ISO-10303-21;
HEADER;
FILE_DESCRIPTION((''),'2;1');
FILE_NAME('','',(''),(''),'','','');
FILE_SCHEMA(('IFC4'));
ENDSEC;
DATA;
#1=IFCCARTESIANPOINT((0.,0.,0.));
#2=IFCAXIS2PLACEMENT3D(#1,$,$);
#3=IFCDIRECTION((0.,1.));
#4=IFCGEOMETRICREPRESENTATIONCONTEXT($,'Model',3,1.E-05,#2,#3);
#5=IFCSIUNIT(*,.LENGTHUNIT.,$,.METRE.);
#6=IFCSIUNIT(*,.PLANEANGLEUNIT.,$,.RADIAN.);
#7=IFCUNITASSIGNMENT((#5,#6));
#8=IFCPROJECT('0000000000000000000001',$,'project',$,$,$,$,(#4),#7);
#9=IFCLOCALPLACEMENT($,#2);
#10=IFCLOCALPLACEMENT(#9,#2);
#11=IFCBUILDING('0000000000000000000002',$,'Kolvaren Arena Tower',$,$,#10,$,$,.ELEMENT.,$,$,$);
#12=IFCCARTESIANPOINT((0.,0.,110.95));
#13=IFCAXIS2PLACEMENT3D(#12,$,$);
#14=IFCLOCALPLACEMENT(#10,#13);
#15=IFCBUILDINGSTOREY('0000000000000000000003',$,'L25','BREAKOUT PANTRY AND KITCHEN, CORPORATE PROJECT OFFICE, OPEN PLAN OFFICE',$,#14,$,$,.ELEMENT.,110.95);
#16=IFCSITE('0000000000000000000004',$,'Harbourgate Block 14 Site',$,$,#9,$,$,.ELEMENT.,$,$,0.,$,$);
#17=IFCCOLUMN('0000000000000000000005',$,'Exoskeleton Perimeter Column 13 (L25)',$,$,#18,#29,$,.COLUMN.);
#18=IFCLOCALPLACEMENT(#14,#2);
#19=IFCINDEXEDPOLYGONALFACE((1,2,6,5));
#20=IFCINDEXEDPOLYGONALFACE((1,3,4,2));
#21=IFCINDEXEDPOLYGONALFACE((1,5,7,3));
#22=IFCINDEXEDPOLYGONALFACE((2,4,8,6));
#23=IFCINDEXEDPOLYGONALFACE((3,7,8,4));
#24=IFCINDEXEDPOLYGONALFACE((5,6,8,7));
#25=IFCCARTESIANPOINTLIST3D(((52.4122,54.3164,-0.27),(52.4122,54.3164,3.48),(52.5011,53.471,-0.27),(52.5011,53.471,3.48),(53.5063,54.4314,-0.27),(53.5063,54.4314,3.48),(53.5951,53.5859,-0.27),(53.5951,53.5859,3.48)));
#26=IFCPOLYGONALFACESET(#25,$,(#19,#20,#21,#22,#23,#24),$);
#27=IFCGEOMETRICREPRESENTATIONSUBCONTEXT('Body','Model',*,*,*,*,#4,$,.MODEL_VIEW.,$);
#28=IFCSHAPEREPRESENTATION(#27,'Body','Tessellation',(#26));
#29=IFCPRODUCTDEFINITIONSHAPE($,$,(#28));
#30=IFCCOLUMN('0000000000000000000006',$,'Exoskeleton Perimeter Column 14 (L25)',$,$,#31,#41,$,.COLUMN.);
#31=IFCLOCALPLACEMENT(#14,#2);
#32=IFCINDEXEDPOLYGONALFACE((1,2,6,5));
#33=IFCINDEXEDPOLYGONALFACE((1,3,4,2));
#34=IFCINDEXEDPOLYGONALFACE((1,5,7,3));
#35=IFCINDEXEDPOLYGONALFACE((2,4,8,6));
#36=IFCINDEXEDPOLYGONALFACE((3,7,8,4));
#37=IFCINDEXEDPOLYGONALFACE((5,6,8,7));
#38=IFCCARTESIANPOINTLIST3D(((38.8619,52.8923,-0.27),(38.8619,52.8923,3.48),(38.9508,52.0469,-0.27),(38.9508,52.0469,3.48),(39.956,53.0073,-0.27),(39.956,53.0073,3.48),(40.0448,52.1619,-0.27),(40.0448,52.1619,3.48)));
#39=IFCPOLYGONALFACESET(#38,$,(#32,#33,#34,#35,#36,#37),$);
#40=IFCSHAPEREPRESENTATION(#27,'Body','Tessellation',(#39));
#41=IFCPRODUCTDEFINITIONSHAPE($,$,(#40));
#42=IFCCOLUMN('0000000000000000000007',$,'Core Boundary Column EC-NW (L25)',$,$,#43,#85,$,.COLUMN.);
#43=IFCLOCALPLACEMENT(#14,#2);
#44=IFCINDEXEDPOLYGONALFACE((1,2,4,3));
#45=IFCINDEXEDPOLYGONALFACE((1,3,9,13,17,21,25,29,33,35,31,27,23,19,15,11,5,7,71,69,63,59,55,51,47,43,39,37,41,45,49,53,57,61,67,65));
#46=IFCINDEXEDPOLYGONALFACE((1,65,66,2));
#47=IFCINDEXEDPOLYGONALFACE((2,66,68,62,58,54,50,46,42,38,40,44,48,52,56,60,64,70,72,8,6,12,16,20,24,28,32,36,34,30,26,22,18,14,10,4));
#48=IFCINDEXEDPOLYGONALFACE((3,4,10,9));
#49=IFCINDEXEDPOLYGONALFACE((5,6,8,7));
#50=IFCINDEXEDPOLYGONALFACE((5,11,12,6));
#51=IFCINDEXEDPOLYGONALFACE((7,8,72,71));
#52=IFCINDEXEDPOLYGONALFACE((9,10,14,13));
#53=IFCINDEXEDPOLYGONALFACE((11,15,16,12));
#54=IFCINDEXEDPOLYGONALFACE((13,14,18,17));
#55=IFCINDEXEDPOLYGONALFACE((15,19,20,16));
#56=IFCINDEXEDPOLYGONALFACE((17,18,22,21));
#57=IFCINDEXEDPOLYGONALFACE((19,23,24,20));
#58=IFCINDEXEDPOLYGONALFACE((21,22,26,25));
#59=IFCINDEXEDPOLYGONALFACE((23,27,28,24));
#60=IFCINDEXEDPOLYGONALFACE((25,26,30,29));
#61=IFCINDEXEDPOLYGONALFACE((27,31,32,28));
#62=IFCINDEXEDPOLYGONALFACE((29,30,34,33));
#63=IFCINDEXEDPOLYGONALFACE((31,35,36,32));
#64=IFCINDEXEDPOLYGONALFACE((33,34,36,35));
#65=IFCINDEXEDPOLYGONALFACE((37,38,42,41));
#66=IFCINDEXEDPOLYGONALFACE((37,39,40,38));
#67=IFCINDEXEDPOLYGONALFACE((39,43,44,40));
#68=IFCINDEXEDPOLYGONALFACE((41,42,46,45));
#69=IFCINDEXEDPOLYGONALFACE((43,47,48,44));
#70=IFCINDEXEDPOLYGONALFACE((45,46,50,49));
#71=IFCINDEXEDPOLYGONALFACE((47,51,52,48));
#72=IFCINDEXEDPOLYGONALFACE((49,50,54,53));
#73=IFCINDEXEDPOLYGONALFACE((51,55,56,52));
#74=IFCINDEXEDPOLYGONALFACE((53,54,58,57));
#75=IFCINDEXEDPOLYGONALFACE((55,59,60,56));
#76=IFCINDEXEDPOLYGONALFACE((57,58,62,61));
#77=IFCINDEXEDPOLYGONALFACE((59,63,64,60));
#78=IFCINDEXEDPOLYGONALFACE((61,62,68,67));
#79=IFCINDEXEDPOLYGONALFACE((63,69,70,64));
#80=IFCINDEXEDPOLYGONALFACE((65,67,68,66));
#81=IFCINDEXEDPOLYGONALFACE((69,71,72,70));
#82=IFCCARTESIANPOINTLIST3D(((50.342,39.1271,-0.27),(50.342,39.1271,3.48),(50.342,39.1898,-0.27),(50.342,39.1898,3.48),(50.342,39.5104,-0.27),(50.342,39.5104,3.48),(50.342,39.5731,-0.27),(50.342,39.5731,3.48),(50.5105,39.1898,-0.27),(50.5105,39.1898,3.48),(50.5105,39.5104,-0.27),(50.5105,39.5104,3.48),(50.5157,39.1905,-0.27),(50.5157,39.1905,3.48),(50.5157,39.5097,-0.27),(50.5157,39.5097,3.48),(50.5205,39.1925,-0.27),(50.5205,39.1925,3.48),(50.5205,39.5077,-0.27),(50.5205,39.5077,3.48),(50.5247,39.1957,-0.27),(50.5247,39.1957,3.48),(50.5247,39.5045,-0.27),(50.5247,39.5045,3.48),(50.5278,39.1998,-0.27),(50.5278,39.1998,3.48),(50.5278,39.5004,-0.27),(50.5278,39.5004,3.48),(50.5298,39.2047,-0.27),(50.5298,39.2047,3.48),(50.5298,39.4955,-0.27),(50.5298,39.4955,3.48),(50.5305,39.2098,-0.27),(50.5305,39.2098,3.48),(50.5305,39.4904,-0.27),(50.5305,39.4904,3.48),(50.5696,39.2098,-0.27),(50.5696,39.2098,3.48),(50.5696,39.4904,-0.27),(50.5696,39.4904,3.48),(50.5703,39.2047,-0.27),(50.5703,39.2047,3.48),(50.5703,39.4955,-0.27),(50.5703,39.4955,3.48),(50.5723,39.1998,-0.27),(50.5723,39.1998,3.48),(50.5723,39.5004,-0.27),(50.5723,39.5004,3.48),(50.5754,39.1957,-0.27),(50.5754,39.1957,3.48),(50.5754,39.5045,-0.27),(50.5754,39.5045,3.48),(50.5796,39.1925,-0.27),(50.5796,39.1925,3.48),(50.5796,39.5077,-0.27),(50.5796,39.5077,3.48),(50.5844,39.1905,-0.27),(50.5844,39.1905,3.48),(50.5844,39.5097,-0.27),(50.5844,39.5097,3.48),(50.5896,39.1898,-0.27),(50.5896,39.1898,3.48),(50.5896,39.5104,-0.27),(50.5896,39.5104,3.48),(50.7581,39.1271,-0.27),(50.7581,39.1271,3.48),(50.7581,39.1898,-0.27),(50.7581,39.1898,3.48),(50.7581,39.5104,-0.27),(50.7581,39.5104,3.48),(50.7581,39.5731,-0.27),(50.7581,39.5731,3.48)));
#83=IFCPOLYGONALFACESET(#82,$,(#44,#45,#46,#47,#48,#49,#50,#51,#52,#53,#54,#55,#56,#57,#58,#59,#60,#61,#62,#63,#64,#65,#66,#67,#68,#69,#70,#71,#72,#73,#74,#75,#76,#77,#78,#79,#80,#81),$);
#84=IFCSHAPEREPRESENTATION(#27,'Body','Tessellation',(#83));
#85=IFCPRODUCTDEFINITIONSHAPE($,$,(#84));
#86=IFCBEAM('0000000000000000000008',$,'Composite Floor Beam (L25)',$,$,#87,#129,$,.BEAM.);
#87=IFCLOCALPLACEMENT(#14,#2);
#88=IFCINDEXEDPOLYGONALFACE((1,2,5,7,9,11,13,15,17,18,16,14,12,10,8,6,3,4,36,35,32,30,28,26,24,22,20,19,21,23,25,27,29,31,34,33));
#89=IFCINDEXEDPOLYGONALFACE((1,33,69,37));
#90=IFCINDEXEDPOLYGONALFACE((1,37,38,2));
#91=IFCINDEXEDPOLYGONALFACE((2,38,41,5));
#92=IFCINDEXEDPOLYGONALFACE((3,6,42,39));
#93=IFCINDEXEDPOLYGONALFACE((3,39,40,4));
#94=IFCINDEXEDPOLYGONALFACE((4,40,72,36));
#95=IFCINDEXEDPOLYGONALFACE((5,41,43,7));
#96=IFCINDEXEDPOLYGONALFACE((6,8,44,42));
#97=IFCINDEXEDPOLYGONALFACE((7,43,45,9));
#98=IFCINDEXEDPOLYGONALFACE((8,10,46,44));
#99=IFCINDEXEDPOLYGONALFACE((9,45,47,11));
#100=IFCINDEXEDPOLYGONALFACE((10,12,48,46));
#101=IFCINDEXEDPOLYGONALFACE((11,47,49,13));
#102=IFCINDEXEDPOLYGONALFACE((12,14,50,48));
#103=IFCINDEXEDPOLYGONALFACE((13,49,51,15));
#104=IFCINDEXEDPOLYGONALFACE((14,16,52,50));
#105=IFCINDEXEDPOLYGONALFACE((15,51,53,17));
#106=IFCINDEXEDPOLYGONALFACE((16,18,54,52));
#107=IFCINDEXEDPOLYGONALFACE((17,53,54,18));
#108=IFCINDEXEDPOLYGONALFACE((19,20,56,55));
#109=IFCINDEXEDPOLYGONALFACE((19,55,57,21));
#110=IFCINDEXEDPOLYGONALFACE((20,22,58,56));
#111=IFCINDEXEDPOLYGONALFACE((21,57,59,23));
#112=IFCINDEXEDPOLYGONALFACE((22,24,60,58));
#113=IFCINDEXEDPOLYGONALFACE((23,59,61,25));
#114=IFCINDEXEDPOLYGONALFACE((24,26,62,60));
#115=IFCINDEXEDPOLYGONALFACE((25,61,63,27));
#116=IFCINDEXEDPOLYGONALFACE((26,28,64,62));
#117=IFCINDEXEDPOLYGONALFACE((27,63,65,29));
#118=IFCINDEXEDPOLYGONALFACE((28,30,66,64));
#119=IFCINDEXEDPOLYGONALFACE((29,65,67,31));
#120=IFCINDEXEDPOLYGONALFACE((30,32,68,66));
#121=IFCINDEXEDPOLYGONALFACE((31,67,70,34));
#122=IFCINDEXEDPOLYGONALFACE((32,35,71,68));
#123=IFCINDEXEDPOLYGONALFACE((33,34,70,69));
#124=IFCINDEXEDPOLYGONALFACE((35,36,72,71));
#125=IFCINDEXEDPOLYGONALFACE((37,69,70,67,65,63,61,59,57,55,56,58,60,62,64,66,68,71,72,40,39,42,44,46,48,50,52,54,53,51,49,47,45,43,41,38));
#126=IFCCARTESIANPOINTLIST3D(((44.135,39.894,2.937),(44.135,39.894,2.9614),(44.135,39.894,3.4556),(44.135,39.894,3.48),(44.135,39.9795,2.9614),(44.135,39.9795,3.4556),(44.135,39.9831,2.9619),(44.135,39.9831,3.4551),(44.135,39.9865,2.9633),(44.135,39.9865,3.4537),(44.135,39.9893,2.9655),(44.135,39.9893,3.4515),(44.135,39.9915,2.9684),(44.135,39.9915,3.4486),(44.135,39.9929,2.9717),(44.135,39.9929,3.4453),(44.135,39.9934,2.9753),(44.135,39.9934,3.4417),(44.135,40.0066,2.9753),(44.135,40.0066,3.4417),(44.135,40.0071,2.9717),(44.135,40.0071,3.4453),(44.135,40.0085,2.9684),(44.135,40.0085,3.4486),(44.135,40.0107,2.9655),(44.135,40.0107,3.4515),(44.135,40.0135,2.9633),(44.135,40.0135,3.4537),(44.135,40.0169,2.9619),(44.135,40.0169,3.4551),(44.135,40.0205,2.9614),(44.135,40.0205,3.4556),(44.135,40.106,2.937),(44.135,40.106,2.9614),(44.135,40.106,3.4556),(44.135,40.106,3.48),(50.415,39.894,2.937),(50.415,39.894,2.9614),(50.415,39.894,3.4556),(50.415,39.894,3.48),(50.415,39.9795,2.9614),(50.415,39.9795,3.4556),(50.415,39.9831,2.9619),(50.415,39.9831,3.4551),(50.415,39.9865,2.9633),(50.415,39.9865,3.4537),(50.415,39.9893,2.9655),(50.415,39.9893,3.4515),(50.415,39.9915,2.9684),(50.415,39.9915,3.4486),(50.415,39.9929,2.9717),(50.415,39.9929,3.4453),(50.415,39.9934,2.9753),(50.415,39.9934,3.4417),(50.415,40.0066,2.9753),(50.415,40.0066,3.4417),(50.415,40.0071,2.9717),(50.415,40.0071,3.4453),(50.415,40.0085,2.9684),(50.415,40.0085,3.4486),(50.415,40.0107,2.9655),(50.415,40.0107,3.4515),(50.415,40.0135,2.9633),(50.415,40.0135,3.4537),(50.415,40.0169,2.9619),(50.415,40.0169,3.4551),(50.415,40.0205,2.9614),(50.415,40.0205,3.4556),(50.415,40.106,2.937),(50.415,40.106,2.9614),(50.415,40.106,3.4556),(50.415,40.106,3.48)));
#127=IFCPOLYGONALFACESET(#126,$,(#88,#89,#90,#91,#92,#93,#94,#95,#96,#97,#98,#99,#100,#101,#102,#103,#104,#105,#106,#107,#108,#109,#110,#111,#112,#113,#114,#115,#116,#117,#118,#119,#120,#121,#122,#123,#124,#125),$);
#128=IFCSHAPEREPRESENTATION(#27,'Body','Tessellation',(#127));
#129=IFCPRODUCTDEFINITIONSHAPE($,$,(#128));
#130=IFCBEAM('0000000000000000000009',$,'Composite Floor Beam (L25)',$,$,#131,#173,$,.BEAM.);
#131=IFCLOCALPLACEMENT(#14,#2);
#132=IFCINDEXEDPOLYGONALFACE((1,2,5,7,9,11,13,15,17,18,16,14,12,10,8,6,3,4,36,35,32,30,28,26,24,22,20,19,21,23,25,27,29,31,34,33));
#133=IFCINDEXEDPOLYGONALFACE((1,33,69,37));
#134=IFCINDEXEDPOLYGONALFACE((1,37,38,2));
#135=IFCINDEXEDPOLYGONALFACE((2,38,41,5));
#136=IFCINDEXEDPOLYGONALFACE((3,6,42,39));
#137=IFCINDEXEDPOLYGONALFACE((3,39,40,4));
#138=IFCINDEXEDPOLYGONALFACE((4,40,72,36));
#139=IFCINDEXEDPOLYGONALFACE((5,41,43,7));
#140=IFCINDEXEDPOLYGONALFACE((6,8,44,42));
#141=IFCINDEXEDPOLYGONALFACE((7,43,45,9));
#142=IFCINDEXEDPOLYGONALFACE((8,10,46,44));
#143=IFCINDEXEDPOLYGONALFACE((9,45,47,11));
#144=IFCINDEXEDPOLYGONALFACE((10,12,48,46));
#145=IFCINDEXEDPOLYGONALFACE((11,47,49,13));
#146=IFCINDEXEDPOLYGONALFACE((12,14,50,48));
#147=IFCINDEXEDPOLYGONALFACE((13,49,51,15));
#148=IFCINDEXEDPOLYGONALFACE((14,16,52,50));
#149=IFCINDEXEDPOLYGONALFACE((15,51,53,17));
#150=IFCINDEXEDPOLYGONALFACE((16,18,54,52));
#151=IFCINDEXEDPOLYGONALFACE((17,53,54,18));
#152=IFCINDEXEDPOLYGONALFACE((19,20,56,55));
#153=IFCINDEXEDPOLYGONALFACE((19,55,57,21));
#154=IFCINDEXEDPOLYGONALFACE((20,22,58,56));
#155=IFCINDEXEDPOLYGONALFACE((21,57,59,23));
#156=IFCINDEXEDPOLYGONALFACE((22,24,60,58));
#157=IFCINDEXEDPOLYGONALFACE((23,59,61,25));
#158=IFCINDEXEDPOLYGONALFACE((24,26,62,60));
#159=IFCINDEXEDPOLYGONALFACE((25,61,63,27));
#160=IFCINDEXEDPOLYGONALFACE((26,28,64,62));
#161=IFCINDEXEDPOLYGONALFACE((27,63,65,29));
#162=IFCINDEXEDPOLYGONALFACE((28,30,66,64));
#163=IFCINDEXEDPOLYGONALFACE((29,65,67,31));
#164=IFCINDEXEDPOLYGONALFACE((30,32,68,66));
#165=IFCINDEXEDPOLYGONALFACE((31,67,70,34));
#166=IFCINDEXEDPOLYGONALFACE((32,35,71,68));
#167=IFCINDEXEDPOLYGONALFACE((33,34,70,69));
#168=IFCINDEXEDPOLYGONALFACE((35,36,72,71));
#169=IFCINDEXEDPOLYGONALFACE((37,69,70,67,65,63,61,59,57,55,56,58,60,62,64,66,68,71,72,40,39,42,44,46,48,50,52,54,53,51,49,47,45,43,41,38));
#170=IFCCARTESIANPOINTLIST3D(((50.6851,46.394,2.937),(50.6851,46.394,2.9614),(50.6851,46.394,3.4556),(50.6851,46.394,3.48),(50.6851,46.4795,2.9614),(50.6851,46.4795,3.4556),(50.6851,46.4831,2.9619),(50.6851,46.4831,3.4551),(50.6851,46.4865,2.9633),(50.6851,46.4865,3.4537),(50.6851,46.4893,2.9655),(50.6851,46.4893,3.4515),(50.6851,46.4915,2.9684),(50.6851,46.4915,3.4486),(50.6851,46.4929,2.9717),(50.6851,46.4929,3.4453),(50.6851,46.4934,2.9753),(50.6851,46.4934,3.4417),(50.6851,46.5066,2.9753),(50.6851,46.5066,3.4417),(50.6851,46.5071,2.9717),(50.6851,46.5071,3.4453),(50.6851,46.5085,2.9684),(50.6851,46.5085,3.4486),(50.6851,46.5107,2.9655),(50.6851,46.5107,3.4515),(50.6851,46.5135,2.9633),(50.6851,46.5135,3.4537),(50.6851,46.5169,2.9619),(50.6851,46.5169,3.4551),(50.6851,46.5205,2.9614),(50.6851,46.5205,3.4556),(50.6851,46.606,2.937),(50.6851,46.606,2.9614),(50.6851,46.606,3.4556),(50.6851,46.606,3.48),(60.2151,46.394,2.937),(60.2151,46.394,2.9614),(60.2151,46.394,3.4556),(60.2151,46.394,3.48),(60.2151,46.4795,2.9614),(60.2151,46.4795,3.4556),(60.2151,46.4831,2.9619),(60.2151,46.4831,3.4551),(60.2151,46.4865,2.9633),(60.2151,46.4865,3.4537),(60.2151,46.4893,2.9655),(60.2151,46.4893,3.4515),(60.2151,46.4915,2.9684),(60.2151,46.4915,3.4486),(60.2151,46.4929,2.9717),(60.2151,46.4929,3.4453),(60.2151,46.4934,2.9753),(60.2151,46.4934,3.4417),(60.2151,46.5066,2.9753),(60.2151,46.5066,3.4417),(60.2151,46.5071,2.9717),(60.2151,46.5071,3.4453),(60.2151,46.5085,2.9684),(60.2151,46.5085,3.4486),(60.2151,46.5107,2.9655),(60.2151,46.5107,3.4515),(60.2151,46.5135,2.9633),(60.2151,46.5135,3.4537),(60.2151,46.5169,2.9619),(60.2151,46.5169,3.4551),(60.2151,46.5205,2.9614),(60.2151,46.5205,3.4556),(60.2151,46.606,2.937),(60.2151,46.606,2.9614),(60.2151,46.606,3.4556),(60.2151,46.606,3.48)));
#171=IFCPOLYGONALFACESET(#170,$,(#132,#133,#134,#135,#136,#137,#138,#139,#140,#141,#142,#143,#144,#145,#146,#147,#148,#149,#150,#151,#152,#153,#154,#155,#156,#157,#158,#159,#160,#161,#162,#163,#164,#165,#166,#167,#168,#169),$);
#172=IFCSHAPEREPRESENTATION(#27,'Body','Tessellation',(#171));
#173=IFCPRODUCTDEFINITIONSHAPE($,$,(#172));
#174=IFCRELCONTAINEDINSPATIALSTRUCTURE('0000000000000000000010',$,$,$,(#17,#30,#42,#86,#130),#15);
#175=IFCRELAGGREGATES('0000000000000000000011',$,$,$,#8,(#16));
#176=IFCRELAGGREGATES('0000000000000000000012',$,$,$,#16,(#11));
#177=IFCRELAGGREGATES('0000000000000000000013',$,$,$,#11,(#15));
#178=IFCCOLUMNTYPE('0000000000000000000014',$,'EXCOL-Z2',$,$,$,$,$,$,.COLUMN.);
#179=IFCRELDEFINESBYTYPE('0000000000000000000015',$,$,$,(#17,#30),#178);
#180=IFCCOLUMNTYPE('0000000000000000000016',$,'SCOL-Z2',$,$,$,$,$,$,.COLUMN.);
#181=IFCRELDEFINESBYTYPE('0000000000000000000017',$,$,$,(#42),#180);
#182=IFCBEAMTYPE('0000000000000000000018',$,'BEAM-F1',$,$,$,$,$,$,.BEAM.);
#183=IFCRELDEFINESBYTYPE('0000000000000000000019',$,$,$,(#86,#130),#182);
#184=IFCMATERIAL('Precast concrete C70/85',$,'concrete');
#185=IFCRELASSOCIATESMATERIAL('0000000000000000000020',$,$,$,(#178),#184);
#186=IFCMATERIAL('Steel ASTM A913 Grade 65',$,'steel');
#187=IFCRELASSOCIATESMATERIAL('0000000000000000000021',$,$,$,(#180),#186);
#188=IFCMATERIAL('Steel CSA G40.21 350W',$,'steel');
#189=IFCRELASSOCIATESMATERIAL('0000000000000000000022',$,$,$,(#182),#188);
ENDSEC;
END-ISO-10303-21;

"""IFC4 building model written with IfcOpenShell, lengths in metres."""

from ifc_helpers import new_model, si_unit, direction, frame, origin, origin_2d, place, context, subcontext, project, spatial, rectangle, i_section, extrude, material, material_profile, profile_set, type_object, element, save


model = new_model("IFC4")

# Units and contexts
model_context = context("Model", 3, precision=1e-05, world=origin(), true_north=direction((0.0, 1.0)))
body_context = subcontext(model_context, "Body", "Model", "MODEL_VIEW")
ifc_project = project(units=[si_unit("LENGTHUNIT", "METRE"), si_unit("PLANEANGLEUNIT", "RADIAN")], contexts=[model_context])

# Site, building, storey
site_placement = place(None, origin())
site = spatial("IfcSite", under=ifc_project, at=site_placement, Name="Harbourgate Block 14 Site", CompositionType="ELEMENT", RefElevation=0.0)
building_placement = place(site_placement, origin())
building = spatial("IfcBuilding", under=site, at=building_placement, Name="Kolvaren Arena Tower", CompositionType="ELEMENT")
storey_placement = place(building_placement, frame((0.0, 0.0, 110.95)))
storey = spatial("IfcBuildingStorey", under=building, at=storey_placement, Name="L25", Description="BREAKOUT PANTRY AND KITCHEN, CORPORATE PROJECT OFFICE, OPEN PLAN OFFICE", CompositionType="ELEMENT", Elevation=110.95)

# Columns
ifc_material_1 = material(Name="Precast concrete C70/85", Category="concrete")
ifc_material_profile_1 = material_profile(ifc_material_1, rectangle(XDim=1.1001, YDim=0.8501, at=origin_2d()), Name="RC-1100x850")
ifc_profile_set_1 = profile_set([ifc_material_profile_1], Name="Precast concrete C70/85")
column_type_1 = type_object("IfcColumnType", Name="EXCOL-Z2", PredefinedType="COLUMN", material=ifc_profile_set_1)
for number, where, z_axis, x_axis, name in (
    (1, (53.0037, 53.9512, -0.27), (0.0, 0.0, 1.0), (0.994522, 0.104528, 0.0), "Exoskeleton Perimeter Column 13 (L25)"),
    (2, (39.4534, 52.5271, -0.27), (0.0, 0.0, 1.0), (0.994522, 0.104528, 0.0), "Exoskeleton Perimeter Column 14 (L25)"),
):
    element("IfcColumn", number, at=place(storey_placement, frame(where, z_axis=z_axis, x_axis=x_axis)), inside=storey, type_object=column_type_1, Name=name, PredefinedType="COLUMN", context=body_context, shape_type="SweptSolid", body=[
        extrude(rectangle(XDim=1.1001, YDim=0.8501, at=origin_2d()), origin(), (0.0, 0.0, 1.0), 3.75),
    ])
ifc_material_2 = material(Name="Steel ASTM A913 Grade 65", Category="steel")
ifc_material_profile_2 = material_profile(ifc_material_2, i_section(OverallWidth=0.416, OverallDepth=0.446, WebThickness=0.0391, FlangeThickness=0.0627, FilletRadius=0.02, at=origin_2d()), Name="W360x509")
ifc_profile_set_2 = profile_set([ifc_material_profile_2], Name="Steel ASTM A913 Grade 65")
column_type_2 = type_object("IfcColumnType", Name="SCOL-Z2", PredefinedType="COLUMN", material=ifc_profile_set_2)
column_placement = place(storey_placement, frame((50.55, 39.3501, -0.27), z_axis=(0.0, 0.0, 1.0), x_axis=(1.0, 0.0, 0.0)))
element("IfcColumn", 3, at=column_placement, inside=storey, type_object=column_type_2, Name="Core Boundary Column EC-NW (L25)", PredefinedType="COLUMN", context=body_context, shape_type="SweptSolid", body=[
    extrude(i_section(OverallWidth=0.416, OverallDepth=0.446, WebThickness=0.0391, FlangeThickness=0.0627, FilletRadius=0.02, at=origin_2d()), origin(), (0.0, 0.0, 1.0), 3.75),
])

# Beams
ifc_material_3 = material(Name="Steel CSA G40.21 350W", Category="steel")
ifc_material_profile_3 = material_profile(ifc_material_3, i_section(OverallWidth=0.2119, OverallDepth=0.543, WebThickness=0.0132, FlangeThickness=0.0244, FilletRadius=0.0139, at=origin_2d()), Name="W530x150")
ifc_profile_set_3 = profile_set([ifc_material_profile_3], Name="Steel CSA G40.21 350W")
beam_type_1 = type_object("IfcBeamType", Name="BEAM-F1", PredefinedType="BEAM", material=ifc_profile_set_3)
beam_1_placement = place(storey_placement, frame((44.135, 40.0, 3.2085), z_axis=(1.0, 0.0, 0.0), x_axis=(0.0, 1.0, 0.0)))
element("IfcBeam", 4, at=beam_1_placement, inside=storey, type_object=beam_type_1, Name="Composite Floor Beam (L25)", PredefinedType="BEAM", context=body_context, shape_type="SweptSolid", body=[
    extrude(i_section(OverallWidth=0.2119, OverallDepth=0.543, WebThickness=0.0132, FlangeThickness=0.0244, FilletRadius=0.0139, at=origin_2d()), origin(), (0.0, 0.0, 1.0), 6.28),
])
for number, where, z_axis, x_axis, name in (
    (5, (50.6851, 46.5, 3.2085), (1.0, 0.0, 0.0), (0.0, 1.0, 0.0), "Composite Floor Beam (L25)"),
):
    element("IfcBeam", number, at=place(storey_placement, frame(where, z_axis=z_axis, x_axis=x_axis)), inside=storey, type_object=beam_type_1, Name=name, PredefinedType="BEAM", context=body_context, shape_type="SweptSolid", body=[
        extrude(i_section(OverallWidth=0.2119, OverallDepth=0.543, WebThickness=0.0132, FlangeThickness=0.0244, FilletRadius=0.0139, at=origin_2d()), origin(), (0.0, 0.0, 1.0), 9.53),
    ])

save(model, "model.ifc")
